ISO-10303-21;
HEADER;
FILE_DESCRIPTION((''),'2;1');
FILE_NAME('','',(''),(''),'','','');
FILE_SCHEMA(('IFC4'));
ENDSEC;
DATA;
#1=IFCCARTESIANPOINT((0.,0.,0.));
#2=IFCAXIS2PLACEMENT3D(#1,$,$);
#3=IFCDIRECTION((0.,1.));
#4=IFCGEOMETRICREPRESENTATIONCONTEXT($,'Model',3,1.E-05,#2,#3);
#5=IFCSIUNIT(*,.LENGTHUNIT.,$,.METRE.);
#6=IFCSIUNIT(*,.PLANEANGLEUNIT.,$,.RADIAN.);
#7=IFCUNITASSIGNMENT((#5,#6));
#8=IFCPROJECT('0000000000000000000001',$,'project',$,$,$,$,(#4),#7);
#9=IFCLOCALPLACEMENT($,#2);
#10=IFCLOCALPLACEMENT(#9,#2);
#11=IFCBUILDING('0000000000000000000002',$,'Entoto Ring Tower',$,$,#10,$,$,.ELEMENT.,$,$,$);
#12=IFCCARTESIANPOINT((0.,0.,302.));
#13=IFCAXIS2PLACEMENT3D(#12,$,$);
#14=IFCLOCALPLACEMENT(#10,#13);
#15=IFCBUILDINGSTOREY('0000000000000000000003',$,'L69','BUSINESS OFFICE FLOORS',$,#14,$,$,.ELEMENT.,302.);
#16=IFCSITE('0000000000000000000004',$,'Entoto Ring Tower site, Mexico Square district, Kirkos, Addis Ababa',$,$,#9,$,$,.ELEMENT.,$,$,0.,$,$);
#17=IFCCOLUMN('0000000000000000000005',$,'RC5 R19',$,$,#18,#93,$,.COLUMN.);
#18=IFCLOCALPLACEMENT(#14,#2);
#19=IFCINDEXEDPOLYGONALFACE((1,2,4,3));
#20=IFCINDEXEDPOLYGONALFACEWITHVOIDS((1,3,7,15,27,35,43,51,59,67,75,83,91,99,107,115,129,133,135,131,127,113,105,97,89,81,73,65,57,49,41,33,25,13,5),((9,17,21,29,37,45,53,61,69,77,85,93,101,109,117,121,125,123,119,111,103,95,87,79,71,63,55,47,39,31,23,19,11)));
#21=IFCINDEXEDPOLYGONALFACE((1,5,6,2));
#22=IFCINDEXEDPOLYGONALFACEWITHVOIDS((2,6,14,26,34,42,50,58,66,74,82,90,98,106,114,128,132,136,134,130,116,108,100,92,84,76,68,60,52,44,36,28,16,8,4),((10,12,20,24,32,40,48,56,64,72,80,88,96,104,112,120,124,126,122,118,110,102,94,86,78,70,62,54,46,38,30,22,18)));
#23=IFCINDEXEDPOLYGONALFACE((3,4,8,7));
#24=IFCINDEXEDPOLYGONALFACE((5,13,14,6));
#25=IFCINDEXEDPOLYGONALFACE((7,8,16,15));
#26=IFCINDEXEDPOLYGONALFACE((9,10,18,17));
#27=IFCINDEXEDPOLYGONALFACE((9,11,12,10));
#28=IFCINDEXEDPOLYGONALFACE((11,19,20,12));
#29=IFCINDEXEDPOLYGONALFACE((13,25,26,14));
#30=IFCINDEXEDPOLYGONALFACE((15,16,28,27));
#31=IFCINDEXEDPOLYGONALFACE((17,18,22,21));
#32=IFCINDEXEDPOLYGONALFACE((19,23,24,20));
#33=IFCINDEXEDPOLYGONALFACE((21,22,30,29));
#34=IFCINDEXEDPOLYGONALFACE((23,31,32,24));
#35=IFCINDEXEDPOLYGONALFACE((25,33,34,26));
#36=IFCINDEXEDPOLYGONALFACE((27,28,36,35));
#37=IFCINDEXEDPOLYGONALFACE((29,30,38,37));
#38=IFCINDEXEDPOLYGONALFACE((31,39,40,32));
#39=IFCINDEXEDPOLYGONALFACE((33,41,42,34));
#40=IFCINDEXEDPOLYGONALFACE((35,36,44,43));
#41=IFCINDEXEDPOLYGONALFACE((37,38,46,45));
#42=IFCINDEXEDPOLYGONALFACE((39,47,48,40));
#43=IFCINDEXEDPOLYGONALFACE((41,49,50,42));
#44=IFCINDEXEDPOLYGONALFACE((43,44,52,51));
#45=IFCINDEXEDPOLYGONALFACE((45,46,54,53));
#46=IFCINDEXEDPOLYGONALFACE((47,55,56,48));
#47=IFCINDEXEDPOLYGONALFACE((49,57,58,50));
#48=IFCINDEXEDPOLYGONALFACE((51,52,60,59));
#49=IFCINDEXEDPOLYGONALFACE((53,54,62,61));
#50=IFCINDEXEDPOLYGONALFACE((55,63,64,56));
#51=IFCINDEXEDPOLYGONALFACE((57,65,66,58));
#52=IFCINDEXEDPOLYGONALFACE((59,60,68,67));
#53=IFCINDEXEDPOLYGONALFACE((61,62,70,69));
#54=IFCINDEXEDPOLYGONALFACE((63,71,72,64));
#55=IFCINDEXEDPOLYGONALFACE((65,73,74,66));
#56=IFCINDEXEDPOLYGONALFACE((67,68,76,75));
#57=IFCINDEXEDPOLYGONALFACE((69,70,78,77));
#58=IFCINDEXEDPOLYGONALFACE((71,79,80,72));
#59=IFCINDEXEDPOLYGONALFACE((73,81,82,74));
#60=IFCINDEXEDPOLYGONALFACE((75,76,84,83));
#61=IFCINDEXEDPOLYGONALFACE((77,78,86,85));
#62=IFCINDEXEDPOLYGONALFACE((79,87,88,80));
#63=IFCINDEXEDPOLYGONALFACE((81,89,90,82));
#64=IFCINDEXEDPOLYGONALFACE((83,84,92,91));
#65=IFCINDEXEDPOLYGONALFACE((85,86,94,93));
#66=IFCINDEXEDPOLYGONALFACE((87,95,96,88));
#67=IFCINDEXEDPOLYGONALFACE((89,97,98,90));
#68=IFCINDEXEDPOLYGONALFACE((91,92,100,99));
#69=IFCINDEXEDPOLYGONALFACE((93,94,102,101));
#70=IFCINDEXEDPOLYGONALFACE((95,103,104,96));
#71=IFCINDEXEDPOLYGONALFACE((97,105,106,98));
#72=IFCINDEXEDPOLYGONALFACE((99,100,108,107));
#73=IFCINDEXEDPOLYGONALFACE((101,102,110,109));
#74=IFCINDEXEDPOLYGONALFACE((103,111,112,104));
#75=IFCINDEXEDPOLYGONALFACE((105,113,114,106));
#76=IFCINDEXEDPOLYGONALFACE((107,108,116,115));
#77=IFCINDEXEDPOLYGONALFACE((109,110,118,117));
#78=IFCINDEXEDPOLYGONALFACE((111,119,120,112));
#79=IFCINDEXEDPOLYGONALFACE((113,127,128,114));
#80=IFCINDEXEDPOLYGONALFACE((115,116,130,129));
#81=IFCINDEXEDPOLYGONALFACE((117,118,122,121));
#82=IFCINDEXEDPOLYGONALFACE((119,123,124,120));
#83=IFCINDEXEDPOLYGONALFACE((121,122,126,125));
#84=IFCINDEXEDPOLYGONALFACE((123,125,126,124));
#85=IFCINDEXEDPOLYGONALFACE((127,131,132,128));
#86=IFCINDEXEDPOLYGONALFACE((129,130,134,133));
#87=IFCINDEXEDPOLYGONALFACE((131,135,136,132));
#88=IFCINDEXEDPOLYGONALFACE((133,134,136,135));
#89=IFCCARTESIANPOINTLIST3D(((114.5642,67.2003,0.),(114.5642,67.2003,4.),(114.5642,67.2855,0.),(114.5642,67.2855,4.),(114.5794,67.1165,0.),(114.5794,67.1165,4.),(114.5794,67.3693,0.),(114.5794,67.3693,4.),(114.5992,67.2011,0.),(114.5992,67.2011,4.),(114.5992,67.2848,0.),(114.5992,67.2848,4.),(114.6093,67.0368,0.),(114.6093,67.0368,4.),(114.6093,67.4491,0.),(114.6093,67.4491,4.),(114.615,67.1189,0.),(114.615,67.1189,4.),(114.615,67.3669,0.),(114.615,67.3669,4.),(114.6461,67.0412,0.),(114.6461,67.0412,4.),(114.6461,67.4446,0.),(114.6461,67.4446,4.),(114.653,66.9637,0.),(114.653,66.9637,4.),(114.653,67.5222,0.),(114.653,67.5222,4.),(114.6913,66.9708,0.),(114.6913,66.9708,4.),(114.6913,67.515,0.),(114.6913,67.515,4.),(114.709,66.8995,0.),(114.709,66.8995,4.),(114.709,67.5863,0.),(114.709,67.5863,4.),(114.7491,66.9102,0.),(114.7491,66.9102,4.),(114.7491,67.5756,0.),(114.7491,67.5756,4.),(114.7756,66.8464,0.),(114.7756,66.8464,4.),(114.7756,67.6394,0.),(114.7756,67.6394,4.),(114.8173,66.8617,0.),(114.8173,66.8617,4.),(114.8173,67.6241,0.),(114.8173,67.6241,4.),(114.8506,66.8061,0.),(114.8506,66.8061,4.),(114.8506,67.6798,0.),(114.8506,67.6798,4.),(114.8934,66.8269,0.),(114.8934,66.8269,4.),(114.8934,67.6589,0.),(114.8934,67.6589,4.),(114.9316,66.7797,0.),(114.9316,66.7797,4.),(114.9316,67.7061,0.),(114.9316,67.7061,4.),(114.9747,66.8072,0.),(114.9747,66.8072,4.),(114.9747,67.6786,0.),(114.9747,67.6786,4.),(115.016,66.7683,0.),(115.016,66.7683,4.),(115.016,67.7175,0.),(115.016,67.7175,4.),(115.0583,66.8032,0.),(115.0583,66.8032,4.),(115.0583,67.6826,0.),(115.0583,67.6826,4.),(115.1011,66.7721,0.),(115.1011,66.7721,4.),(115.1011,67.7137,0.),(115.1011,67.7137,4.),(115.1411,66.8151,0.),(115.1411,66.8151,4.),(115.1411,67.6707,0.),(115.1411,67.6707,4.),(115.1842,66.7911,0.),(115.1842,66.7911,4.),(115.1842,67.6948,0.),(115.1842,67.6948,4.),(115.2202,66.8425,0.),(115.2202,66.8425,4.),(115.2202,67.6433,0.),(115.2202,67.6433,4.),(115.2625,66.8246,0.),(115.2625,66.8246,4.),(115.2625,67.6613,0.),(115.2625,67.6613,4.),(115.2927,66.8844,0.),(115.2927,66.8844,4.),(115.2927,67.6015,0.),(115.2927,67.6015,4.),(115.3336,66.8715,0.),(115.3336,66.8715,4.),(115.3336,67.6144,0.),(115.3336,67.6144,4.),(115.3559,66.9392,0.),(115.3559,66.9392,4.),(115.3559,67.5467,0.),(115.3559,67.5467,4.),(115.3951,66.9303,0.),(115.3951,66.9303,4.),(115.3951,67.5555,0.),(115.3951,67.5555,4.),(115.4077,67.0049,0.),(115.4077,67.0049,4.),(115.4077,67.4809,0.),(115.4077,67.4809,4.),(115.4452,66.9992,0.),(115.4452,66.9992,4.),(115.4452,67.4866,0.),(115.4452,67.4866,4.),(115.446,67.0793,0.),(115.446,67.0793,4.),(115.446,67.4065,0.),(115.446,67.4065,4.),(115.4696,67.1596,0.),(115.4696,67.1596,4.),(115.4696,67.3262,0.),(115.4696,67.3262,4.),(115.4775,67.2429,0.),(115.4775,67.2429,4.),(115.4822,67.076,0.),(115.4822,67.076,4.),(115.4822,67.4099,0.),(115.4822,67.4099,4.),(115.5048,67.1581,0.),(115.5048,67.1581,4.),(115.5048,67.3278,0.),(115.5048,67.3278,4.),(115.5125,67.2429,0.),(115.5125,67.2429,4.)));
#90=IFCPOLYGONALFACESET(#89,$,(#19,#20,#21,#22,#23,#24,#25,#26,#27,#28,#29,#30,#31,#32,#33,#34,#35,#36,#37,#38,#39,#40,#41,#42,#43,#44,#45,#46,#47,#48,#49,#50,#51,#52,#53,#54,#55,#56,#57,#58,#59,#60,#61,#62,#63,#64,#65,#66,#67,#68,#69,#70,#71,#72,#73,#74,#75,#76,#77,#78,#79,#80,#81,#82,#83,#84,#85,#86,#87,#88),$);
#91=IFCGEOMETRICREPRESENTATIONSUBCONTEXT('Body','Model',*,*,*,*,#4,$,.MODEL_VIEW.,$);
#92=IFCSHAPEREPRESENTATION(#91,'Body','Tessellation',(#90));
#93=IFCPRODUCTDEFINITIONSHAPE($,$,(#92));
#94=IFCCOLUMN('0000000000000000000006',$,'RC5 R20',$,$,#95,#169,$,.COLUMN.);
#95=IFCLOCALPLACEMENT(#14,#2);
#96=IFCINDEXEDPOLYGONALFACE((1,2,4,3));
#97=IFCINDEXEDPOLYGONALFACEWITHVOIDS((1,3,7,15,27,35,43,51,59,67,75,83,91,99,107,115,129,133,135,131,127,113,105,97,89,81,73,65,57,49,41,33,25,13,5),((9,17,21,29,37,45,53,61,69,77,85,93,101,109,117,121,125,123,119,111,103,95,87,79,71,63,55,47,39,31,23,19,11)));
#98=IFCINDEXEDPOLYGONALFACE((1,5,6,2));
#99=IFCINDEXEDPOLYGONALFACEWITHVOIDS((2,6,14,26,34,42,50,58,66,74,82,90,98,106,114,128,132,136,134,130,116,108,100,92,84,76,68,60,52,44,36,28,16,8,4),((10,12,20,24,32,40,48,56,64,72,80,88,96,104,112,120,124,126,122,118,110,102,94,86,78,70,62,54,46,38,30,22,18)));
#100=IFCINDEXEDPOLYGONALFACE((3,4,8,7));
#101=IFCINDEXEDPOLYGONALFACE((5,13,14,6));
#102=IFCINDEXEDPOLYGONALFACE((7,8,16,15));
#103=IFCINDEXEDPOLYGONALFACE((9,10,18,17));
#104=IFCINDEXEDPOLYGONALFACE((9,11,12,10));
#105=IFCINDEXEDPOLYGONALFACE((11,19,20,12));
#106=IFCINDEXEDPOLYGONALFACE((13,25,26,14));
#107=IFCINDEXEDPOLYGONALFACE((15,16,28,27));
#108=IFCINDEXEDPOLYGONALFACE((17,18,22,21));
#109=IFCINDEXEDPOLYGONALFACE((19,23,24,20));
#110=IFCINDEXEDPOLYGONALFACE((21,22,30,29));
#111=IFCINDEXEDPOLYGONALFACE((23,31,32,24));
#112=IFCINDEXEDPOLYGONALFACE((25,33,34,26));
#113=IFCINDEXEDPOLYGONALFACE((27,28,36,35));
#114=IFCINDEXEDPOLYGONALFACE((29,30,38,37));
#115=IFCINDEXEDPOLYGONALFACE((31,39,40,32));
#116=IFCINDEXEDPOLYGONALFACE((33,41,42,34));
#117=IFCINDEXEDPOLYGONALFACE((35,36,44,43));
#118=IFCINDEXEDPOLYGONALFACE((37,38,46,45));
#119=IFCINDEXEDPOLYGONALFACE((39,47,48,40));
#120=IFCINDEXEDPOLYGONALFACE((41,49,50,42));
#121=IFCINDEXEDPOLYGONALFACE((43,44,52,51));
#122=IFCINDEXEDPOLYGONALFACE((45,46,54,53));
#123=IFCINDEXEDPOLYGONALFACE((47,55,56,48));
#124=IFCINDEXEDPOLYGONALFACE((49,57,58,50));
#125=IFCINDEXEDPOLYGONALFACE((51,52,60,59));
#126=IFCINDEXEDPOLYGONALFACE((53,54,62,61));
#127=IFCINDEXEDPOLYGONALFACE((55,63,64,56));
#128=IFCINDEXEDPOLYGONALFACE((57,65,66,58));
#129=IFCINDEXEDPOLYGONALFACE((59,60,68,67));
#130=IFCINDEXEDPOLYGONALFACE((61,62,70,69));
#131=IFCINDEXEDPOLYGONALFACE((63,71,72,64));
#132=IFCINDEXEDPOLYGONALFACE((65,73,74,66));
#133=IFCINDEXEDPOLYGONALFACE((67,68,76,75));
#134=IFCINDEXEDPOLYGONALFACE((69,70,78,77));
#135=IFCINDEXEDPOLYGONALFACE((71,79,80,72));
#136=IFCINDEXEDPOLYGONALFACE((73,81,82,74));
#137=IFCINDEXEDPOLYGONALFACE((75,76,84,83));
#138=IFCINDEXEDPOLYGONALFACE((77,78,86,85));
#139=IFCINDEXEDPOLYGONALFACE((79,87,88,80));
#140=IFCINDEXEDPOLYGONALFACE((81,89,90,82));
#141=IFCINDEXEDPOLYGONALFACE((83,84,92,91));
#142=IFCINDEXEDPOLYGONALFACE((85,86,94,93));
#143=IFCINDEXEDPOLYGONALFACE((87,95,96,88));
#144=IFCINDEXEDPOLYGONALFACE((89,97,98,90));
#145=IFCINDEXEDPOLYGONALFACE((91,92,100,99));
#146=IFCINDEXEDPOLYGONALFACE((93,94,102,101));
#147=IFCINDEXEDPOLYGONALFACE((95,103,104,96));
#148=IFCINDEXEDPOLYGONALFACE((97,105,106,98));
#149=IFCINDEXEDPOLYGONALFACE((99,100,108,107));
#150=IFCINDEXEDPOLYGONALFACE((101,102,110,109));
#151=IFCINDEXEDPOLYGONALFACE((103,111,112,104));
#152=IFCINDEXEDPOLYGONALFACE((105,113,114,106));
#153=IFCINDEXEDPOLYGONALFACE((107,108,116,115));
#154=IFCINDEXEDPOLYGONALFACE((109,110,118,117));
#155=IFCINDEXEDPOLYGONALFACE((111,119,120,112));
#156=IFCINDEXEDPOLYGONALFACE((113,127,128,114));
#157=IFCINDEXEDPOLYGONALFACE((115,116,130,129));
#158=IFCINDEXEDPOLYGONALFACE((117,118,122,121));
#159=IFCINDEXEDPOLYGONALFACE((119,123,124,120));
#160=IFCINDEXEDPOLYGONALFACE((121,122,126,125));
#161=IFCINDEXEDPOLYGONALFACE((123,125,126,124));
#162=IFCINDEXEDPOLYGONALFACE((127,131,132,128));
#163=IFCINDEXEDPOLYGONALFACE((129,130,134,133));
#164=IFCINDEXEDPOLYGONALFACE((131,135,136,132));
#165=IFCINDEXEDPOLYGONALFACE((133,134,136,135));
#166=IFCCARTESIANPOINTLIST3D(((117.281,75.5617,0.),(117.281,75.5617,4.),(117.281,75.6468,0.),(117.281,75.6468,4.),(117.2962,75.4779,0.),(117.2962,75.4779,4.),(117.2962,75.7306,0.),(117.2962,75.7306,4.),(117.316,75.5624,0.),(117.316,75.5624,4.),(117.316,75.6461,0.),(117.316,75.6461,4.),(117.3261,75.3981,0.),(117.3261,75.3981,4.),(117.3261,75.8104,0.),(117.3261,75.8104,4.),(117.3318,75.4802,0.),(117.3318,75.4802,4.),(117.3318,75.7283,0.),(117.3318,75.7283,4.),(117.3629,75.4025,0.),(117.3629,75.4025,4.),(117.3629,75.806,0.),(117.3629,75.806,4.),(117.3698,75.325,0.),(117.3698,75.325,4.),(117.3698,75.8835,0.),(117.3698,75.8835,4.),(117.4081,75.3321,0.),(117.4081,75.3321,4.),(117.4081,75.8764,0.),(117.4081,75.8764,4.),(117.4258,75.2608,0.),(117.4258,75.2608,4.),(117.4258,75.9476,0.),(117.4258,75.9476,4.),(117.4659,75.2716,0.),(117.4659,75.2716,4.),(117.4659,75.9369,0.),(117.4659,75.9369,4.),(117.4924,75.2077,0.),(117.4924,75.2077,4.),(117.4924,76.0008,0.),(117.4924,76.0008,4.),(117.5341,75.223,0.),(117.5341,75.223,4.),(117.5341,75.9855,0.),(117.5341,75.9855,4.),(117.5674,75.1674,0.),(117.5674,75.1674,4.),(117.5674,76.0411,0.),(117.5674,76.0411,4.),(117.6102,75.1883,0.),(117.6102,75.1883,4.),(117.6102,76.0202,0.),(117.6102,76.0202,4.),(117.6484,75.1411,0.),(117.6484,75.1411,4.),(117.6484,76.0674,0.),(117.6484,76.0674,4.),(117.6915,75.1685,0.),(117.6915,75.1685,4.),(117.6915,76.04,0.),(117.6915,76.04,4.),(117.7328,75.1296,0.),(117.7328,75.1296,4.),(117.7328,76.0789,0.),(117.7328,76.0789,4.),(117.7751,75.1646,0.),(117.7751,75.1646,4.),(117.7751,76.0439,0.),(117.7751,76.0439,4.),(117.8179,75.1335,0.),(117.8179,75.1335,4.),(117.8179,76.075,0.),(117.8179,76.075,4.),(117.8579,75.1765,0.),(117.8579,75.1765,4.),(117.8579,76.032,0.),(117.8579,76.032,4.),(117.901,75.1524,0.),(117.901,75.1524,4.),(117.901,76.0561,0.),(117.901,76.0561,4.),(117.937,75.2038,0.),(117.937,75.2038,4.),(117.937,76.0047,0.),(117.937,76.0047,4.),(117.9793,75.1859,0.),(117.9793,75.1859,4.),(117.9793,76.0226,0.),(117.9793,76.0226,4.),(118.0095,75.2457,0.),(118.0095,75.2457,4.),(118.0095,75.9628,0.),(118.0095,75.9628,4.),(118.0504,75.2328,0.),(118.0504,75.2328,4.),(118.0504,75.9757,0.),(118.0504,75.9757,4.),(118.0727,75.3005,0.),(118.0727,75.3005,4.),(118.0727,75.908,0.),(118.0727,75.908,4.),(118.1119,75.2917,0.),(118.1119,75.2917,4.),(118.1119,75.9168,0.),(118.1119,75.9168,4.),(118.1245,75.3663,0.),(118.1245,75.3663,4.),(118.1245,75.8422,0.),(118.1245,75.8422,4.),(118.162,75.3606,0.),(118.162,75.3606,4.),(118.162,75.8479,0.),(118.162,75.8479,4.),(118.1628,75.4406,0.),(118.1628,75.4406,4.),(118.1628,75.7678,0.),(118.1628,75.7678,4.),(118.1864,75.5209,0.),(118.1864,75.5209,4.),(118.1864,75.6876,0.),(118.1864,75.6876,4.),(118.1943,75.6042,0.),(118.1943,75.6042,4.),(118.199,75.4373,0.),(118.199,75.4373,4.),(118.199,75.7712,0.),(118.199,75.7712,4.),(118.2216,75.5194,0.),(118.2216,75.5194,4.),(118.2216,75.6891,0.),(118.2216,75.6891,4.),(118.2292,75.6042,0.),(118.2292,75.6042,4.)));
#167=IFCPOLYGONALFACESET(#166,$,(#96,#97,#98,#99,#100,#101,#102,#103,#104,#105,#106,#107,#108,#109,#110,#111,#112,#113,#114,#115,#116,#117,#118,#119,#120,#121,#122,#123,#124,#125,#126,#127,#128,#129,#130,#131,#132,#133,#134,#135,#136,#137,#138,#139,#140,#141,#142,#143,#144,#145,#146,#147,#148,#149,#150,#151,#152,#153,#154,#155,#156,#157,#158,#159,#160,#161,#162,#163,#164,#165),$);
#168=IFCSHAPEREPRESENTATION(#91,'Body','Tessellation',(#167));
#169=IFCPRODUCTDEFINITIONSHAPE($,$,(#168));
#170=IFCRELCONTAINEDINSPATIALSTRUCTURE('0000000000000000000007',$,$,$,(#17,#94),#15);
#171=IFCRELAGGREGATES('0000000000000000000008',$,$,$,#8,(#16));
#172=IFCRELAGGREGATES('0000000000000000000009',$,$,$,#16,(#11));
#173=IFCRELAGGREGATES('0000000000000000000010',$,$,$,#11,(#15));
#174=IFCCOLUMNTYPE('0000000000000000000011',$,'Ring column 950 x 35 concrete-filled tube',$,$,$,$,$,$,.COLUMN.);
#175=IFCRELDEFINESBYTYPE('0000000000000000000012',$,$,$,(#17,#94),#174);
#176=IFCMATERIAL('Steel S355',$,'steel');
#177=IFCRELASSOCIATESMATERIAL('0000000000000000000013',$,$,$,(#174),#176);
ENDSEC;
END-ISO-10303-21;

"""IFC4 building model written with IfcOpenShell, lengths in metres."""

from ifc_helpers import new_model, si_unit, direction, frame, origin, origin_2d, place, context, subcontext, project, spatial, circle, hollow_circle, extrude, material, material_profile, profile_set, type_object, element, save


model = new_model("IFC4")

# Units and contexts
model_context = context("Model", 3, precision=1e-05, world=origin(), true_north=direction((0.0, 1.0)))
body_context = subcontext(model_context, "Body", "Model", "MODEL_VIEW")
ifc_project = project(units=[si_unit("LENGTHUNIT", "METRE"), si_unit("PLANEANGLEUNIT", "RADIAN")], contexts=[model_context])

# Site, building, storey
site_placement = place(None, origin())
site = spatial("IfcSite", under=ifc_project, at=site_placement, Name="Entoto Ring Tower site, Mexico Square district, Kirkos, Addis Ababa", CompositionType="ELEMENT", RefElevation=0.0)
building_placement = place(site_placement, origin())
building = spatial("IfcBuilding", under=site, at=building_placement, Name="Entoto Ring Tower", CompositionType="ELEMENT")
storey_placement = place(building_placement, frame((0.0, 0.0, 302.0)))
storey = spatial("IfcBuildingStorey", under=building, at=storey_placement, Name="L69", Description="BUSINESS OFFICE FLOORS", CompositionType="ELEMENT", Elevation=302.0)

# Columns
ifc_material_1 = material(Name="Steel S355", Category="steel")
ifc_material_profile_1 = material_profile(ifc_material_1, hollow_circle(Radius=0.4751, WallThickness=0.0349, at=origin_2d()), Name="CHS 950 x 35")
ifc_material_2 = material(Name="Concrete C60/75", Category="concrete")
ifc_material_profile_2 = material_profile(ifc_material_2, circle(Radius=0.4399, at=origin_2d()), Name="Concrete C60/75 infill")
ifc_profile_set_1 = profile_set([ifc_material_profile_1, ifc_material_profile_2], Name="Steel S355")
column_type = type_object("IfcColumnType", Name="Ring column 950 x 35 concrete-filled tube", PredefinedType="COLUMN", material=ifc_profile_set_1)
for number, where, z_axis, x_axis, name in (
    (1, (115.0374, 67.2429, 0.0), (0.0, 0.0, 1.0), (1.0, 0.0, 0.0), "RC5 R19"),
    (2, (117.7542, 75.6042, 0.0), (0.0, 0.0, 1.0), (1.0, 0.0, 0.0), "RC5 R20"),
):
    element("IfcColumn", number, at=place(storey_placement, frame(where, z_axis=z_axis, x_axis=x_axis)), inside=storey, type_object=column_type, Name=name, PredefinedType="COLUMN", context=body_context, shape_type="SweptSolid", body=[
        extrude(hollow_circle(Radius=0.4751, WallThickness=0.0349, at=origin_2d()), origin(), (0.0, 0.0, 1.0), 4.0),
    ])

save(model, "model.ifc")
